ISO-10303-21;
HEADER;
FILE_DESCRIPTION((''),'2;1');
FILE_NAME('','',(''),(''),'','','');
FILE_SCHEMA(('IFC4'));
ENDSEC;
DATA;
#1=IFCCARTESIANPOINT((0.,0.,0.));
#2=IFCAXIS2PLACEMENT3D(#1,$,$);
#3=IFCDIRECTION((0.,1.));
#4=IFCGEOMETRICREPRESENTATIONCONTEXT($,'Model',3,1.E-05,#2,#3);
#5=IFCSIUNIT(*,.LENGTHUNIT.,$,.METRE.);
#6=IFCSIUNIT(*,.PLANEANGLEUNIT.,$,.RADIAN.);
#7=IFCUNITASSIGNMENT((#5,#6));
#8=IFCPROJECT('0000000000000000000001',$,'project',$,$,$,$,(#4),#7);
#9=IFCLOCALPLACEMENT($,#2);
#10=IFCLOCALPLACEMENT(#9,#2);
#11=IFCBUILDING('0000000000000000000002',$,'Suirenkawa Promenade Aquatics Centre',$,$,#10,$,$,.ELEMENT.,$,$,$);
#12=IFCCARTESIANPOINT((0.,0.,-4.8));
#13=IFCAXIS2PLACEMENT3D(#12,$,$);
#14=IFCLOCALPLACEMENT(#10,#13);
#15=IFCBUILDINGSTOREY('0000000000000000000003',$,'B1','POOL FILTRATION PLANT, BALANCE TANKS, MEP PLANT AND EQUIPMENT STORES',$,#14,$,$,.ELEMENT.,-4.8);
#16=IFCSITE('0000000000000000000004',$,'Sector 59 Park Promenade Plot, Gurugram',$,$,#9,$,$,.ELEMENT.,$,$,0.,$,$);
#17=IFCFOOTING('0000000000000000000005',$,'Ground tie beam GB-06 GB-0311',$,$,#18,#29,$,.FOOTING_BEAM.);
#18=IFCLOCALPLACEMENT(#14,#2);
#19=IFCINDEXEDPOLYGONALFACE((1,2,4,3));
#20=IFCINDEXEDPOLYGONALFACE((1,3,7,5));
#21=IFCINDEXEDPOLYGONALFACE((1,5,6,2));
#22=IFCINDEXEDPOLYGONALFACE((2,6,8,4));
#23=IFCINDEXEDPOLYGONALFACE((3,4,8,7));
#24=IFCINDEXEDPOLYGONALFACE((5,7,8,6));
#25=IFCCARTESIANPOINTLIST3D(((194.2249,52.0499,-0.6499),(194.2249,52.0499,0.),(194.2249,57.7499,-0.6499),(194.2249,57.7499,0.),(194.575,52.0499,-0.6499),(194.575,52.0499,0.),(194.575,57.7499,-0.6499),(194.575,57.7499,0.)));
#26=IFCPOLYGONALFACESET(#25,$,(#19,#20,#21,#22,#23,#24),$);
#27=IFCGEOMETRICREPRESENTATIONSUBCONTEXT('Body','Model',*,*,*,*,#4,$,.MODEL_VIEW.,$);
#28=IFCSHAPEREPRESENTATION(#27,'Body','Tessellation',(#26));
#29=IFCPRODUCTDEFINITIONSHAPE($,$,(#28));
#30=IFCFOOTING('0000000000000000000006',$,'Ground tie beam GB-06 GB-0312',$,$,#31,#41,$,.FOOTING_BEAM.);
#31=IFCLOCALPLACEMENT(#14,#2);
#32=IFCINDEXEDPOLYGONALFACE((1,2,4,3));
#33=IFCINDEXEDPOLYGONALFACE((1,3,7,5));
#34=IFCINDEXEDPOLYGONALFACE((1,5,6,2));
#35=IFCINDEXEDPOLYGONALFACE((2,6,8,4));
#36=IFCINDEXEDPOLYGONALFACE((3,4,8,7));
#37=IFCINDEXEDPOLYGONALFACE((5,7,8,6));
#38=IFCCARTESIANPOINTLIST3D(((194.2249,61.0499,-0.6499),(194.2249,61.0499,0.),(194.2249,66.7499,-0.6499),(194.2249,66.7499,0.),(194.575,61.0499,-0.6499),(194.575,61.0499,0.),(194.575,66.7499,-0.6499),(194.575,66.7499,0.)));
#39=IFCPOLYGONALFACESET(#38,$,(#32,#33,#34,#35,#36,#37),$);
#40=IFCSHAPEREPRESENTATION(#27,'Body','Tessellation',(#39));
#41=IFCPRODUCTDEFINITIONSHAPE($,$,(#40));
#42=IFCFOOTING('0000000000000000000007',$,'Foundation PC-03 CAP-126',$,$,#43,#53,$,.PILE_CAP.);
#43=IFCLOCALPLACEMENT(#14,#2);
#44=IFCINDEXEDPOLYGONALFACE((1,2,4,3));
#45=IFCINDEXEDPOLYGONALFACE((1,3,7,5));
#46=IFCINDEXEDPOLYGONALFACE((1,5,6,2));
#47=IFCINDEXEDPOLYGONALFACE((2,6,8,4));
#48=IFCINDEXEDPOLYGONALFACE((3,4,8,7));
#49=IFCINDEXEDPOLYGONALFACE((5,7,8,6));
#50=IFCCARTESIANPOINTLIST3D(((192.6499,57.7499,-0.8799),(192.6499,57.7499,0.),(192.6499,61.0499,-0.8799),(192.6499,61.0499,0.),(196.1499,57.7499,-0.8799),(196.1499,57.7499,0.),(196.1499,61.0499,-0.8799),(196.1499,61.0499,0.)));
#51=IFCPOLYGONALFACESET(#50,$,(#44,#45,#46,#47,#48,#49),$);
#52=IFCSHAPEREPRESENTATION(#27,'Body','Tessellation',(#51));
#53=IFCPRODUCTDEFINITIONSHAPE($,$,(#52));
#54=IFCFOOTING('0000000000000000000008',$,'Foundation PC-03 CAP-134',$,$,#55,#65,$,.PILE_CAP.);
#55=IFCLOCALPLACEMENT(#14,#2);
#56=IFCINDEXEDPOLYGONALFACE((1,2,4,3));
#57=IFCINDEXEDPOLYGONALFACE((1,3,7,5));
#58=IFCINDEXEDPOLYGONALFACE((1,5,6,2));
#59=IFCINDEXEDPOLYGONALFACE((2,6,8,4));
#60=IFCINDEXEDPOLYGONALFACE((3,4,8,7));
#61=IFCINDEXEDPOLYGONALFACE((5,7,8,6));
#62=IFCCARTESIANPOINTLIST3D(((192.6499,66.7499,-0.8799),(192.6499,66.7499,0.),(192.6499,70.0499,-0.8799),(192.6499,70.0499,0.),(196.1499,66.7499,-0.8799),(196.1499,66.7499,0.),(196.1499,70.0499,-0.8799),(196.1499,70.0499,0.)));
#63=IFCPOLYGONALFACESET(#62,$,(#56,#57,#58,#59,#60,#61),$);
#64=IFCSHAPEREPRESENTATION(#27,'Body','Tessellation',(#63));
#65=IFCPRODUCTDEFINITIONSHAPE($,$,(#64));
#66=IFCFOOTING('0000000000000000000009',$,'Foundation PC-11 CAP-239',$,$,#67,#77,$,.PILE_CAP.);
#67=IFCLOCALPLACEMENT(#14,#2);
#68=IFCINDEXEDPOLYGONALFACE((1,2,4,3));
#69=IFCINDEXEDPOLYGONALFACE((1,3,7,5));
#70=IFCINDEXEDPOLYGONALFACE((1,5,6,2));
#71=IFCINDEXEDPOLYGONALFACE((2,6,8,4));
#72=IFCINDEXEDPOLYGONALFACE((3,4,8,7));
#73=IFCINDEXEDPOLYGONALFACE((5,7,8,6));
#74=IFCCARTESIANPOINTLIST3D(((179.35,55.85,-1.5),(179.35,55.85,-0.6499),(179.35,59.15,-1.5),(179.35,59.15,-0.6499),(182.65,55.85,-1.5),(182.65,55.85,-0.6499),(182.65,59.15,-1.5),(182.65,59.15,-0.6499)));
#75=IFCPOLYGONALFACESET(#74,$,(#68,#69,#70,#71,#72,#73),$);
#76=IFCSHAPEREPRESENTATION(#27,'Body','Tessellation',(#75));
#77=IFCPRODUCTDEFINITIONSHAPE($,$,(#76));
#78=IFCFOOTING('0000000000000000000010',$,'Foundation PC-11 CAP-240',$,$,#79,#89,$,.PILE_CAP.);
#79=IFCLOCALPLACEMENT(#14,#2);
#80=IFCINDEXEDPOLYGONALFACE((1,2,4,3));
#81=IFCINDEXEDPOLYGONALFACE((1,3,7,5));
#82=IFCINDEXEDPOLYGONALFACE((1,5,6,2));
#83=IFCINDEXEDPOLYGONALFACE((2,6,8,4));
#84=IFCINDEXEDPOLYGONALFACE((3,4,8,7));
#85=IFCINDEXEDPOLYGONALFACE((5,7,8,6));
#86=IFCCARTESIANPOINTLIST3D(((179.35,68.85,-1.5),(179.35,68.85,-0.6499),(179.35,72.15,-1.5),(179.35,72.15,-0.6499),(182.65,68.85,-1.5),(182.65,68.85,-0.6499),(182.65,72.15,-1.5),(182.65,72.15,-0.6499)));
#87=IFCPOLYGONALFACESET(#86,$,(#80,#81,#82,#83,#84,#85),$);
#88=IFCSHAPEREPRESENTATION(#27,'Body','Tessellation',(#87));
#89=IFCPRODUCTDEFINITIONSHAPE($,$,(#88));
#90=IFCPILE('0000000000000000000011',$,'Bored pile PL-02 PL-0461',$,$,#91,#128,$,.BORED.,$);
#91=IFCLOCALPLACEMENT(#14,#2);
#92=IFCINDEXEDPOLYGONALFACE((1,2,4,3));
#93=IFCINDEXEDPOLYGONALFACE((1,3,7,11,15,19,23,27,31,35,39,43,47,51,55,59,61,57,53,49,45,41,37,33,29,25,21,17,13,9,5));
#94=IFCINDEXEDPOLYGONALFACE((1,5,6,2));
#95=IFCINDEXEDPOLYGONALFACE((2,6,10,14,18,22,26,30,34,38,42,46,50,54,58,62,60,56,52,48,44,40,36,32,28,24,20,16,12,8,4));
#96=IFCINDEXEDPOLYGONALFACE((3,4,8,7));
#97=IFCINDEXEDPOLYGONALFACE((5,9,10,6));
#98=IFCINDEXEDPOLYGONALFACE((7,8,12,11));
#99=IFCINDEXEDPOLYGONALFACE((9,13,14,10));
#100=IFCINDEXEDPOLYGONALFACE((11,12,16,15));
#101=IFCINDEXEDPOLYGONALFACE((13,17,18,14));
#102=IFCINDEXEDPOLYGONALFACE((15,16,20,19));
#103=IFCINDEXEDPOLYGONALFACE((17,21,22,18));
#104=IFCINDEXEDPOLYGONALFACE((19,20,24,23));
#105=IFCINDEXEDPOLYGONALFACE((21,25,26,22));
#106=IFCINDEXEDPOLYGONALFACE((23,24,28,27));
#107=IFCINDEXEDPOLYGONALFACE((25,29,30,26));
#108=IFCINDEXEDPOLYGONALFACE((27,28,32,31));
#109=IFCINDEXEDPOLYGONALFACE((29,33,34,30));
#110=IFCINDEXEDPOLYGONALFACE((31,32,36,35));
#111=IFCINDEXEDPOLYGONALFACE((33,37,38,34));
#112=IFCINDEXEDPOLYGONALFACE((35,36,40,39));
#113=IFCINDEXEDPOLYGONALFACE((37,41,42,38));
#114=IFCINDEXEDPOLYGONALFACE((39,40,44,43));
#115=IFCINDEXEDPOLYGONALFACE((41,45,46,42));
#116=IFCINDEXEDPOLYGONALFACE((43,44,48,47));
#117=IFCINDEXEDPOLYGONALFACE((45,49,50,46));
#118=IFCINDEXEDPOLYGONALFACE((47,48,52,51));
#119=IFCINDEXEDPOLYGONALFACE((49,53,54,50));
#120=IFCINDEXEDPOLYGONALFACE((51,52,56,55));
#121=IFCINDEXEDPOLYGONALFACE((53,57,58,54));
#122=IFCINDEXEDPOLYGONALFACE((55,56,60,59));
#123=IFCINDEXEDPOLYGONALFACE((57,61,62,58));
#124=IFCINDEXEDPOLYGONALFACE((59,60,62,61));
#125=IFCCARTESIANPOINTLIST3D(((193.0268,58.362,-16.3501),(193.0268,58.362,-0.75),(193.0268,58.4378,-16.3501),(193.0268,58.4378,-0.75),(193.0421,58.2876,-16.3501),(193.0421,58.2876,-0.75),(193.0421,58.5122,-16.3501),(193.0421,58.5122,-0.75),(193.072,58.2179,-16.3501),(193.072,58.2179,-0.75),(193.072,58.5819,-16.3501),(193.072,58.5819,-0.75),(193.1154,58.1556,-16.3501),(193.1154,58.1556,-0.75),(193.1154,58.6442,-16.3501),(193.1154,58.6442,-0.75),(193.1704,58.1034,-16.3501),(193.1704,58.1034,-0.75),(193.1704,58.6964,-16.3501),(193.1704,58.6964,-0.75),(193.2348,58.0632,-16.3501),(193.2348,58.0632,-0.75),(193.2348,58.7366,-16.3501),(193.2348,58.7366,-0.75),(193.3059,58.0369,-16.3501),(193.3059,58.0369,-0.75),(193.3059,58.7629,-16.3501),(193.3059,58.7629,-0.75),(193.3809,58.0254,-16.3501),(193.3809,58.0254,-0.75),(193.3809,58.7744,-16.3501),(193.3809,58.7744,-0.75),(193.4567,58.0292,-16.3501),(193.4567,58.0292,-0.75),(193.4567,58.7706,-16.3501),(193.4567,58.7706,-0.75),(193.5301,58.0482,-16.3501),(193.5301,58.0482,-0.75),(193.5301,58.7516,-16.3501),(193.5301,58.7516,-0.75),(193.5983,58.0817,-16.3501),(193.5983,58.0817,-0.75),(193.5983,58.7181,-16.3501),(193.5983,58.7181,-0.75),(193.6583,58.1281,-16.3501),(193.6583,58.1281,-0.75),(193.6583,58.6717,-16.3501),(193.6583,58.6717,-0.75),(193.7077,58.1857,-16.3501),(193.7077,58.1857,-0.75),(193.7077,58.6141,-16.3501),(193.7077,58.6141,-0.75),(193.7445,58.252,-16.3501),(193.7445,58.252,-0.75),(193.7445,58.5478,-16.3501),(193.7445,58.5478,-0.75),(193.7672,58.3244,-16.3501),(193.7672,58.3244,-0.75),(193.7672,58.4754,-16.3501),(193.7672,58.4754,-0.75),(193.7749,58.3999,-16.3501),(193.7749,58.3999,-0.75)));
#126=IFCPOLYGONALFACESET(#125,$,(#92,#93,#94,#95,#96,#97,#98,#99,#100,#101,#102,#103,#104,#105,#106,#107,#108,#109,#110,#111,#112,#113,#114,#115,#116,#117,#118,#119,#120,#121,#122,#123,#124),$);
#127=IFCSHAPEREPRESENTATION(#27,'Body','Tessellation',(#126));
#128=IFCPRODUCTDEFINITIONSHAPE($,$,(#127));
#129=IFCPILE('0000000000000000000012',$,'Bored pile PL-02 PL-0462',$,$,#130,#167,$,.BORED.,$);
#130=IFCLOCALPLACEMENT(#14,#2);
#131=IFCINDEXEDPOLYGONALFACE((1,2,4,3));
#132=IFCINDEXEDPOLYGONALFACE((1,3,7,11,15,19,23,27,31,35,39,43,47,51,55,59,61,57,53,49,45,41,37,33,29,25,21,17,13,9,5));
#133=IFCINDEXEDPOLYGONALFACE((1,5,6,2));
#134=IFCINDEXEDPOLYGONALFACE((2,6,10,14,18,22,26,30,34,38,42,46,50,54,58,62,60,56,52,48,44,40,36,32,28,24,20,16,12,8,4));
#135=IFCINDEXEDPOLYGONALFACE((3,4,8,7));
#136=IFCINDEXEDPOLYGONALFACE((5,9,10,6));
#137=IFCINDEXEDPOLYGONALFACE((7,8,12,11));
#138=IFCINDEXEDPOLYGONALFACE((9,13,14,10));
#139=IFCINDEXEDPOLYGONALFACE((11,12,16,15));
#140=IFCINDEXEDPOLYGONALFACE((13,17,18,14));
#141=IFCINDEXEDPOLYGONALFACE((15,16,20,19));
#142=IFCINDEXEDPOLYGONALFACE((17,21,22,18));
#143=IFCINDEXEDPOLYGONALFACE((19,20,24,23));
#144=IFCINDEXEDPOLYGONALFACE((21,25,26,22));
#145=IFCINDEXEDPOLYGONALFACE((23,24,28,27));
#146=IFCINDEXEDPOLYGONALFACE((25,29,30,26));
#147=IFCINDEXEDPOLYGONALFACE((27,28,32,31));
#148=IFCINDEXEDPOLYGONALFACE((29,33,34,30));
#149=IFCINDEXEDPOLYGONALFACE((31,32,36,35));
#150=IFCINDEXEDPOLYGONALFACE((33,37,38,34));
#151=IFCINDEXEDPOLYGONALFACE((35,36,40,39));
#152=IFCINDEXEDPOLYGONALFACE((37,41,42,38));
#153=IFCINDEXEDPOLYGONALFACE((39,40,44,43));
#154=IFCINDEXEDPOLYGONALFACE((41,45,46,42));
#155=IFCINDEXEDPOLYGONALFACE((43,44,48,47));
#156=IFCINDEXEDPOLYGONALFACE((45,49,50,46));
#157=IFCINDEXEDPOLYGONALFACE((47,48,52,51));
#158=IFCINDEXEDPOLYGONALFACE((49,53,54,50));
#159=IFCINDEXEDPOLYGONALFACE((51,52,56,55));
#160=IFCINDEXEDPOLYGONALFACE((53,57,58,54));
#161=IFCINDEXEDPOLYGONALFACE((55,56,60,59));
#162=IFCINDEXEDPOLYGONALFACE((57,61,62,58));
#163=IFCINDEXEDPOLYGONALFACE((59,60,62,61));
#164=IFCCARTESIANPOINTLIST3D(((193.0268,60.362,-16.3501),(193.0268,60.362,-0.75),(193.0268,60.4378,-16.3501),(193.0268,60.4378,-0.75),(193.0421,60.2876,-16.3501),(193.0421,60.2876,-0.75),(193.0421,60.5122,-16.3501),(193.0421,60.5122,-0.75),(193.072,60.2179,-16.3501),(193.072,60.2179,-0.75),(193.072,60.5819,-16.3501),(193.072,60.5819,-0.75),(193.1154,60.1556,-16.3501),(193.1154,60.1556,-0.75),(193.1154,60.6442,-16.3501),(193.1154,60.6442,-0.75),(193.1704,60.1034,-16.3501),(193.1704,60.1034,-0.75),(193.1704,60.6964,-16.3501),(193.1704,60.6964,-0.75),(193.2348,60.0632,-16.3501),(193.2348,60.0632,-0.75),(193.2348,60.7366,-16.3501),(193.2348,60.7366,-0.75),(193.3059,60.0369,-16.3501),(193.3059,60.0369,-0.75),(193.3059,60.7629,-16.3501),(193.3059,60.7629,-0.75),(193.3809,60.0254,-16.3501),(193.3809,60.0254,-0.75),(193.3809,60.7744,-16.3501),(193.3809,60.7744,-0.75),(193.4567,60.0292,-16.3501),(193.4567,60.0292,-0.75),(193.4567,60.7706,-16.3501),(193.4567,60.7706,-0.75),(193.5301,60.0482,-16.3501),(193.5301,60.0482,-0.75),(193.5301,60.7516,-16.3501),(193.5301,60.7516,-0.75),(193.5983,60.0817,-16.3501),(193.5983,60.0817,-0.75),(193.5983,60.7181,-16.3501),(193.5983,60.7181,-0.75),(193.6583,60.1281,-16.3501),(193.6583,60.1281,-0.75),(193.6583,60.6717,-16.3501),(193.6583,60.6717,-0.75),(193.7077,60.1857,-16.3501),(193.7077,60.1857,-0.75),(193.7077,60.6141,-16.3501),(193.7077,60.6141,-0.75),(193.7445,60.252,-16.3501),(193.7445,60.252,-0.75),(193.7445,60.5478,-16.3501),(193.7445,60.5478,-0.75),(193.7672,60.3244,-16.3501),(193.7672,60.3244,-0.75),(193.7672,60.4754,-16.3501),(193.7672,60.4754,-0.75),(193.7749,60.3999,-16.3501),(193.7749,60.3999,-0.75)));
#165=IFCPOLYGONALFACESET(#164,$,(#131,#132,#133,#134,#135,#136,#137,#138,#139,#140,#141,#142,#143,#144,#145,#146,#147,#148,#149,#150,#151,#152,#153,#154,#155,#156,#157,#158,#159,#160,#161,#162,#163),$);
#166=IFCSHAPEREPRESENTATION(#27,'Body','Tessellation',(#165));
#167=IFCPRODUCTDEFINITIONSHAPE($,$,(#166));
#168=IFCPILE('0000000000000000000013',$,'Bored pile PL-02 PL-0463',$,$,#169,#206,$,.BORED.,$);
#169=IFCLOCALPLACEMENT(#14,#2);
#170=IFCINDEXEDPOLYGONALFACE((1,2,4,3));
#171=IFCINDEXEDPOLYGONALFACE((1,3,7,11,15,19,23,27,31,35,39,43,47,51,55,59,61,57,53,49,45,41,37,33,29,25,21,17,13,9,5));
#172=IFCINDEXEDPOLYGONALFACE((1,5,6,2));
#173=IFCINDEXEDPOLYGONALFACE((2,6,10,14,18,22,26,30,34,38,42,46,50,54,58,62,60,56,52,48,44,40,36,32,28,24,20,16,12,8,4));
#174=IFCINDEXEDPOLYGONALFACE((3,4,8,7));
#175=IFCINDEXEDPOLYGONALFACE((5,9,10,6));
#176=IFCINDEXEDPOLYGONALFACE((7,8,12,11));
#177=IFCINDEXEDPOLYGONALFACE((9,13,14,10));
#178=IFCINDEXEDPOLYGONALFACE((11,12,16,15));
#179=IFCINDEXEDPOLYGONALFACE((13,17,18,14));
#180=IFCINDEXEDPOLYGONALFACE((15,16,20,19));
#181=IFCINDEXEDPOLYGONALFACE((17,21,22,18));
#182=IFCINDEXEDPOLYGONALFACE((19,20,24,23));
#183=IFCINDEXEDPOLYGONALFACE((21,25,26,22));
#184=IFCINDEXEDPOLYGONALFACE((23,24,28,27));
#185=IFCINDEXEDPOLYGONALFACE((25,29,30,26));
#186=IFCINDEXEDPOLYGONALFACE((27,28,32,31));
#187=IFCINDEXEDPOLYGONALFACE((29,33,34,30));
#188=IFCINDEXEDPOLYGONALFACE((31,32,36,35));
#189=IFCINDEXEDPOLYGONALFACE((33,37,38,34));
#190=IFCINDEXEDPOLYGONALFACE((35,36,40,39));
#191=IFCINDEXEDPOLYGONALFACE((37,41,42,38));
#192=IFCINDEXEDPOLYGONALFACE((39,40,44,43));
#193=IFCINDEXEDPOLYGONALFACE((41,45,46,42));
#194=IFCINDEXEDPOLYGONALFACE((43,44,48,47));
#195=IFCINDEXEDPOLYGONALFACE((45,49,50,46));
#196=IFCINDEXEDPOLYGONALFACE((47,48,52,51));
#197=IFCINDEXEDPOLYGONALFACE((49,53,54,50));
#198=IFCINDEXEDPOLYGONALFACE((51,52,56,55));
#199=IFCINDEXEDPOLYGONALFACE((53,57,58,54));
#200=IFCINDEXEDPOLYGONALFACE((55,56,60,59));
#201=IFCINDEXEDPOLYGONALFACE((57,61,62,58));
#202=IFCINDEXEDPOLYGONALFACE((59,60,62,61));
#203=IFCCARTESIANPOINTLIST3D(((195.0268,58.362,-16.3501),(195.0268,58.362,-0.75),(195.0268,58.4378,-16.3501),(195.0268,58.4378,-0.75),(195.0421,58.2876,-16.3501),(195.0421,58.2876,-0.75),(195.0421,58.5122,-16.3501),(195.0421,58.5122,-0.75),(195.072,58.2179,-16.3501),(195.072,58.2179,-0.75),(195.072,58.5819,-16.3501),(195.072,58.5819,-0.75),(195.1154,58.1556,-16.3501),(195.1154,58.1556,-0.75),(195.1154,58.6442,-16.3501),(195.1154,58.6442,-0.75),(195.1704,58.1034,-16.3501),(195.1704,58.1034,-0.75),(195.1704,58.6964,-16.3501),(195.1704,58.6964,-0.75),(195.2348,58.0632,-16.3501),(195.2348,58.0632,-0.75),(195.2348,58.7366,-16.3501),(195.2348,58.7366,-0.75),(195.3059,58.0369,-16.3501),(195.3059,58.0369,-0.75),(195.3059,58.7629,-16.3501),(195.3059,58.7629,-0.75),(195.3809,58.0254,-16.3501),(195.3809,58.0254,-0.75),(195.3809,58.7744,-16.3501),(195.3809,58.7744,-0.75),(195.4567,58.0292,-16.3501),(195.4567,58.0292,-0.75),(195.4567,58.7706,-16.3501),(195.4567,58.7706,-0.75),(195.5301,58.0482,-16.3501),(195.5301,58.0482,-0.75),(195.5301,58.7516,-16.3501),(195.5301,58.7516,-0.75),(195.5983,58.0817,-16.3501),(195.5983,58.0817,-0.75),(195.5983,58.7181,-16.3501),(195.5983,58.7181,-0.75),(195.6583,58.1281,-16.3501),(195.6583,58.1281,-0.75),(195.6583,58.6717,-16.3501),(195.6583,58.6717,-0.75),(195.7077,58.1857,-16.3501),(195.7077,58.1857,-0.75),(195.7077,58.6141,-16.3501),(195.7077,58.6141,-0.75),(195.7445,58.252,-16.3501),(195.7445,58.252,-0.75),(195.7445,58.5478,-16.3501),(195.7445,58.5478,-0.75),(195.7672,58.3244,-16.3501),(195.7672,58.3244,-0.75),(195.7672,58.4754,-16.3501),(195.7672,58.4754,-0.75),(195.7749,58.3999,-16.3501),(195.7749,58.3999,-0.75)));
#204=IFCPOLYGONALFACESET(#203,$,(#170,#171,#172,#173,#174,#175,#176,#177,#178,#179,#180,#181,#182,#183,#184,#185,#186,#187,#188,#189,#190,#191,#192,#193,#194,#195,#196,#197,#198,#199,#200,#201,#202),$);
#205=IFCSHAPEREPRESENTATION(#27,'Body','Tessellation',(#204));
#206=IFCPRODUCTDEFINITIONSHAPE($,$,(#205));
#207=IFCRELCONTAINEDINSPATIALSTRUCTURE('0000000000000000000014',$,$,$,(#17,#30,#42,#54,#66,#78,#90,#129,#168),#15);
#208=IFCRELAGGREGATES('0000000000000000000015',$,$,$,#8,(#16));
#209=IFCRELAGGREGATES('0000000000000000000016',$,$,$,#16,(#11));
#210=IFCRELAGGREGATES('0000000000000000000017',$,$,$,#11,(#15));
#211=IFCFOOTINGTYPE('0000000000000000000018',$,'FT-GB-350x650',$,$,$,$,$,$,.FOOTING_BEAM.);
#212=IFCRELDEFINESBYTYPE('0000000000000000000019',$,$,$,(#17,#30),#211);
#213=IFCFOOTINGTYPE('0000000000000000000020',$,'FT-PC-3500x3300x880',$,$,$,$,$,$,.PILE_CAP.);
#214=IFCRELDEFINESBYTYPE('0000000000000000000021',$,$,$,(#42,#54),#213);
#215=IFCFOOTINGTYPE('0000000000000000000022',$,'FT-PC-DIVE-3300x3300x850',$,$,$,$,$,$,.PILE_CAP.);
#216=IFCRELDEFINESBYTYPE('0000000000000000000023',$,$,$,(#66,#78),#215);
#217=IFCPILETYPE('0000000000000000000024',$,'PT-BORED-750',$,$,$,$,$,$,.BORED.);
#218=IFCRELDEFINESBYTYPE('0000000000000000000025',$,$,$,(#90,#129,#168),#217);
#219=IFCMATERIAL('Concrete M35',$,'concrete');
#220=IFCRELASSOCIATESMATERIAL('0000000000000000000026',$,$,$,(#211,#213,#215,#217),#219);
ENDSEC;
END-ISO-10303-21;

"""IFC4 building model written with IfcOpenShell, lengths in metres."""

from ifc_helpers import new_model, si_unit, direction, frame, origin, origin_2d, place, context, subcontext, project, spatial, rectangle, circle, extrude, material, material_profile, profile_set, type_object, element, save


model = new_model("IFC4")

# Units and contexts
model_context = context("Model", 3, precision=1e-05, world=origin(), true_north=direction((0.0, 1.0)))
body_context = subcontext(model_context, "Body", "Model", "MODEL_VIEW")
ifc_project = project(units=[si_unit("LENGTHUNIT", "METRE"), si_unit("PLANEANGLEUNIT", "RADIAN")], contexts=[model_context])

# Site, building, storey
site_placement = place(None, origin())
site = spatial("IfcSite", under=ifc_project, at=site_placement, Name="Sector 59 Park Promenade Plot, Gurugram", CompositionType="ELEMENT", RefElevation=0.0)
building_placement = place(site_placement, origin())
building = spatial("IfcBuilding", under=site, at=building_placement, Name="Suirenkawa Promenade Aquatics Centre", CompositionType="ELEMENT")
storey_placement = place(building_placement, frame((0.0, 0.0, -4.8)))
storey = spatial("IfcBuildingStorey", under=building, at=storey_placement, Name="B1", Description="POOL FILTRATION PLANT, BALANCE TANKS, MEP PLANT AND EQUIPMENT STORES", CompositionType="ELEMENT", Elevation=-4.8)

# Footings
ifc_material_1 = material(Name="Concrete M35", Category="concrete")
footing_type_1 = type_object("IfcFootingType", Name="FT-GB-350x650", PredefinedType="FOOTING_BEAM", material=ifc_material_1)
for number, where, z_axis, x_axis, name in (
    (1, (194.3999, 54.8999, -0.6499), (0.0, 0.0, 1.0), (0.0, 1.0, 0.0), "Ground tie beam GB-06 GB-0311"),
    (2, (194.3999, 63.8999, -0.6499), (0.0, 0.0, 1.0), (0.0, 1.0, 0.0), "Ground tie beam GB-06 GB-0312"),
):
    element("IfcFooting", number, at=place(storey_placement, frame(where, z_axis=z_axis, x_axis=x_axis)), inside=storey, type_object=footing_type_1, Name=name, PredefinedType="FOOTING_BEAM", context=body_context, shape_type="SweptSolid", body=[
        extrude(rectangle(XDim=5.7, YDim=0.3501, at=origin_2d()), origin(), (0.0, 0.0, 1.0), 0.6499),
    ])
footing_type_2 = type_object("IfcFootingType", Name="FT-PC-3500x3300x880", PredefinedType="PILE_CAP", material=ifc_material_1)
for number, where, z_axis, x_axis, name in (
    (3, (194.3999, 59.3999, -0.8799), (0.0, 0.0, 1.0), (1.0, 0.0, 0.0), "Foundation PC-03 CAP-126"),
    (4, (194.3999, 68.3999, -0.8799), (0.0, 0.0, 1.0), (1.0, 0.0, 0.0), "Foundation PC-03 CAP-134"),
):
    element("IfcFooting", number, at=place(storey_placement, frame(where, z_axis=z_axis, x_axis=x_axis)), inside=storey, type_object=footing_type_2, Name=name, PredefinedType="PILE_CAP", context=body_context, shape_type="SweptSolid", body=[
        extrude(rectangle(XDim=3.5, YDim=3.3, at=origin_2d()), origin(), (0.0, 0.0, 1.0), 0.8799),
    ])
footing_type_3 = type_object("IfcFootingType", Name="FT-PC-DIVE-3300x3300x850", PredefinedType="PILE_CAP", material=ifc_material_1)
for number, where, z_axis, x_axis, name in (
    (5, (181.0, 57.5, -1.5), (0.0, 0.0, 1.0), (1.0, 0.0, 0.0), "Foundation PC-11 CAP-239"),
    (6, (181.0, 70.5, -1.5), (0.0, 0.0, 1.0), (1.0, 0.0, 0.0), "Foundation PC-11 CAP-240"),
):
    element("IfcFooting", number, at=place(storey_placement, frame(where, z_axis=z_axis, x_axis=x_axis)), inside=storey, type_object=footing_type_3, Name=name, PredefinedType="PILE_CAP", context=body_context, shape_type="SweptSolid", body=[
        extrude(rectangle(XDim=3.3, YDim=3.3, at=origin_2d()), origin(), (0.0, 0.0, 1.0), 0.8501),
    ])

# Piles
ifc_material_profile_1 = material_profile(ifc_material_1, circle(Radius=0.375, at=origin_2d()), Name="PILE D750", Category="concrete")
ifc_profile_set_1 = profile_set([ifc_material_profile_1], Name="Concrete M35")
pile_type_1 = type_object("IfcPileType", Name="PT-BORED-750", PredefinedType="BORED", material=ifc_profile_set_1)
for number, where, z_axis, x_axis, name in (
    (7, (193.3999, 58.3999, -0.75), (0.0, 0.0, -1.0), (1.0, 0.0, 0.0), "Bored pile PL-02 PL-0461"),
    (8, (193.3999, 60.3999, -0.75), (0.0, 0.0, -1.0), (1.0, 0.0, 0.0), "Bored pile PL-02 PL-0462"),
    (9, (195.3999, 58.3999, -0.75), (0.0, 0.0, -1.0), (1.0, 0.0, 0.0), "Bored pile PL-02 PL-0463"),
):
    element("IfcPile", number, at=place(storey_placement, frame(where, z_axis=z_axis, x_axis=x_axis)), inside=storey, type_object=pile_type_1, Name=name, PredefinedType="BORED", context=body_context, shape_type="SweptSolid", body=[
        extrude(circle(Radius=0.375, at=origin_2d()), origin(), (0.0, 0.0, 1.0), 15.6001),
    ])

save(model, "model.ifc")
